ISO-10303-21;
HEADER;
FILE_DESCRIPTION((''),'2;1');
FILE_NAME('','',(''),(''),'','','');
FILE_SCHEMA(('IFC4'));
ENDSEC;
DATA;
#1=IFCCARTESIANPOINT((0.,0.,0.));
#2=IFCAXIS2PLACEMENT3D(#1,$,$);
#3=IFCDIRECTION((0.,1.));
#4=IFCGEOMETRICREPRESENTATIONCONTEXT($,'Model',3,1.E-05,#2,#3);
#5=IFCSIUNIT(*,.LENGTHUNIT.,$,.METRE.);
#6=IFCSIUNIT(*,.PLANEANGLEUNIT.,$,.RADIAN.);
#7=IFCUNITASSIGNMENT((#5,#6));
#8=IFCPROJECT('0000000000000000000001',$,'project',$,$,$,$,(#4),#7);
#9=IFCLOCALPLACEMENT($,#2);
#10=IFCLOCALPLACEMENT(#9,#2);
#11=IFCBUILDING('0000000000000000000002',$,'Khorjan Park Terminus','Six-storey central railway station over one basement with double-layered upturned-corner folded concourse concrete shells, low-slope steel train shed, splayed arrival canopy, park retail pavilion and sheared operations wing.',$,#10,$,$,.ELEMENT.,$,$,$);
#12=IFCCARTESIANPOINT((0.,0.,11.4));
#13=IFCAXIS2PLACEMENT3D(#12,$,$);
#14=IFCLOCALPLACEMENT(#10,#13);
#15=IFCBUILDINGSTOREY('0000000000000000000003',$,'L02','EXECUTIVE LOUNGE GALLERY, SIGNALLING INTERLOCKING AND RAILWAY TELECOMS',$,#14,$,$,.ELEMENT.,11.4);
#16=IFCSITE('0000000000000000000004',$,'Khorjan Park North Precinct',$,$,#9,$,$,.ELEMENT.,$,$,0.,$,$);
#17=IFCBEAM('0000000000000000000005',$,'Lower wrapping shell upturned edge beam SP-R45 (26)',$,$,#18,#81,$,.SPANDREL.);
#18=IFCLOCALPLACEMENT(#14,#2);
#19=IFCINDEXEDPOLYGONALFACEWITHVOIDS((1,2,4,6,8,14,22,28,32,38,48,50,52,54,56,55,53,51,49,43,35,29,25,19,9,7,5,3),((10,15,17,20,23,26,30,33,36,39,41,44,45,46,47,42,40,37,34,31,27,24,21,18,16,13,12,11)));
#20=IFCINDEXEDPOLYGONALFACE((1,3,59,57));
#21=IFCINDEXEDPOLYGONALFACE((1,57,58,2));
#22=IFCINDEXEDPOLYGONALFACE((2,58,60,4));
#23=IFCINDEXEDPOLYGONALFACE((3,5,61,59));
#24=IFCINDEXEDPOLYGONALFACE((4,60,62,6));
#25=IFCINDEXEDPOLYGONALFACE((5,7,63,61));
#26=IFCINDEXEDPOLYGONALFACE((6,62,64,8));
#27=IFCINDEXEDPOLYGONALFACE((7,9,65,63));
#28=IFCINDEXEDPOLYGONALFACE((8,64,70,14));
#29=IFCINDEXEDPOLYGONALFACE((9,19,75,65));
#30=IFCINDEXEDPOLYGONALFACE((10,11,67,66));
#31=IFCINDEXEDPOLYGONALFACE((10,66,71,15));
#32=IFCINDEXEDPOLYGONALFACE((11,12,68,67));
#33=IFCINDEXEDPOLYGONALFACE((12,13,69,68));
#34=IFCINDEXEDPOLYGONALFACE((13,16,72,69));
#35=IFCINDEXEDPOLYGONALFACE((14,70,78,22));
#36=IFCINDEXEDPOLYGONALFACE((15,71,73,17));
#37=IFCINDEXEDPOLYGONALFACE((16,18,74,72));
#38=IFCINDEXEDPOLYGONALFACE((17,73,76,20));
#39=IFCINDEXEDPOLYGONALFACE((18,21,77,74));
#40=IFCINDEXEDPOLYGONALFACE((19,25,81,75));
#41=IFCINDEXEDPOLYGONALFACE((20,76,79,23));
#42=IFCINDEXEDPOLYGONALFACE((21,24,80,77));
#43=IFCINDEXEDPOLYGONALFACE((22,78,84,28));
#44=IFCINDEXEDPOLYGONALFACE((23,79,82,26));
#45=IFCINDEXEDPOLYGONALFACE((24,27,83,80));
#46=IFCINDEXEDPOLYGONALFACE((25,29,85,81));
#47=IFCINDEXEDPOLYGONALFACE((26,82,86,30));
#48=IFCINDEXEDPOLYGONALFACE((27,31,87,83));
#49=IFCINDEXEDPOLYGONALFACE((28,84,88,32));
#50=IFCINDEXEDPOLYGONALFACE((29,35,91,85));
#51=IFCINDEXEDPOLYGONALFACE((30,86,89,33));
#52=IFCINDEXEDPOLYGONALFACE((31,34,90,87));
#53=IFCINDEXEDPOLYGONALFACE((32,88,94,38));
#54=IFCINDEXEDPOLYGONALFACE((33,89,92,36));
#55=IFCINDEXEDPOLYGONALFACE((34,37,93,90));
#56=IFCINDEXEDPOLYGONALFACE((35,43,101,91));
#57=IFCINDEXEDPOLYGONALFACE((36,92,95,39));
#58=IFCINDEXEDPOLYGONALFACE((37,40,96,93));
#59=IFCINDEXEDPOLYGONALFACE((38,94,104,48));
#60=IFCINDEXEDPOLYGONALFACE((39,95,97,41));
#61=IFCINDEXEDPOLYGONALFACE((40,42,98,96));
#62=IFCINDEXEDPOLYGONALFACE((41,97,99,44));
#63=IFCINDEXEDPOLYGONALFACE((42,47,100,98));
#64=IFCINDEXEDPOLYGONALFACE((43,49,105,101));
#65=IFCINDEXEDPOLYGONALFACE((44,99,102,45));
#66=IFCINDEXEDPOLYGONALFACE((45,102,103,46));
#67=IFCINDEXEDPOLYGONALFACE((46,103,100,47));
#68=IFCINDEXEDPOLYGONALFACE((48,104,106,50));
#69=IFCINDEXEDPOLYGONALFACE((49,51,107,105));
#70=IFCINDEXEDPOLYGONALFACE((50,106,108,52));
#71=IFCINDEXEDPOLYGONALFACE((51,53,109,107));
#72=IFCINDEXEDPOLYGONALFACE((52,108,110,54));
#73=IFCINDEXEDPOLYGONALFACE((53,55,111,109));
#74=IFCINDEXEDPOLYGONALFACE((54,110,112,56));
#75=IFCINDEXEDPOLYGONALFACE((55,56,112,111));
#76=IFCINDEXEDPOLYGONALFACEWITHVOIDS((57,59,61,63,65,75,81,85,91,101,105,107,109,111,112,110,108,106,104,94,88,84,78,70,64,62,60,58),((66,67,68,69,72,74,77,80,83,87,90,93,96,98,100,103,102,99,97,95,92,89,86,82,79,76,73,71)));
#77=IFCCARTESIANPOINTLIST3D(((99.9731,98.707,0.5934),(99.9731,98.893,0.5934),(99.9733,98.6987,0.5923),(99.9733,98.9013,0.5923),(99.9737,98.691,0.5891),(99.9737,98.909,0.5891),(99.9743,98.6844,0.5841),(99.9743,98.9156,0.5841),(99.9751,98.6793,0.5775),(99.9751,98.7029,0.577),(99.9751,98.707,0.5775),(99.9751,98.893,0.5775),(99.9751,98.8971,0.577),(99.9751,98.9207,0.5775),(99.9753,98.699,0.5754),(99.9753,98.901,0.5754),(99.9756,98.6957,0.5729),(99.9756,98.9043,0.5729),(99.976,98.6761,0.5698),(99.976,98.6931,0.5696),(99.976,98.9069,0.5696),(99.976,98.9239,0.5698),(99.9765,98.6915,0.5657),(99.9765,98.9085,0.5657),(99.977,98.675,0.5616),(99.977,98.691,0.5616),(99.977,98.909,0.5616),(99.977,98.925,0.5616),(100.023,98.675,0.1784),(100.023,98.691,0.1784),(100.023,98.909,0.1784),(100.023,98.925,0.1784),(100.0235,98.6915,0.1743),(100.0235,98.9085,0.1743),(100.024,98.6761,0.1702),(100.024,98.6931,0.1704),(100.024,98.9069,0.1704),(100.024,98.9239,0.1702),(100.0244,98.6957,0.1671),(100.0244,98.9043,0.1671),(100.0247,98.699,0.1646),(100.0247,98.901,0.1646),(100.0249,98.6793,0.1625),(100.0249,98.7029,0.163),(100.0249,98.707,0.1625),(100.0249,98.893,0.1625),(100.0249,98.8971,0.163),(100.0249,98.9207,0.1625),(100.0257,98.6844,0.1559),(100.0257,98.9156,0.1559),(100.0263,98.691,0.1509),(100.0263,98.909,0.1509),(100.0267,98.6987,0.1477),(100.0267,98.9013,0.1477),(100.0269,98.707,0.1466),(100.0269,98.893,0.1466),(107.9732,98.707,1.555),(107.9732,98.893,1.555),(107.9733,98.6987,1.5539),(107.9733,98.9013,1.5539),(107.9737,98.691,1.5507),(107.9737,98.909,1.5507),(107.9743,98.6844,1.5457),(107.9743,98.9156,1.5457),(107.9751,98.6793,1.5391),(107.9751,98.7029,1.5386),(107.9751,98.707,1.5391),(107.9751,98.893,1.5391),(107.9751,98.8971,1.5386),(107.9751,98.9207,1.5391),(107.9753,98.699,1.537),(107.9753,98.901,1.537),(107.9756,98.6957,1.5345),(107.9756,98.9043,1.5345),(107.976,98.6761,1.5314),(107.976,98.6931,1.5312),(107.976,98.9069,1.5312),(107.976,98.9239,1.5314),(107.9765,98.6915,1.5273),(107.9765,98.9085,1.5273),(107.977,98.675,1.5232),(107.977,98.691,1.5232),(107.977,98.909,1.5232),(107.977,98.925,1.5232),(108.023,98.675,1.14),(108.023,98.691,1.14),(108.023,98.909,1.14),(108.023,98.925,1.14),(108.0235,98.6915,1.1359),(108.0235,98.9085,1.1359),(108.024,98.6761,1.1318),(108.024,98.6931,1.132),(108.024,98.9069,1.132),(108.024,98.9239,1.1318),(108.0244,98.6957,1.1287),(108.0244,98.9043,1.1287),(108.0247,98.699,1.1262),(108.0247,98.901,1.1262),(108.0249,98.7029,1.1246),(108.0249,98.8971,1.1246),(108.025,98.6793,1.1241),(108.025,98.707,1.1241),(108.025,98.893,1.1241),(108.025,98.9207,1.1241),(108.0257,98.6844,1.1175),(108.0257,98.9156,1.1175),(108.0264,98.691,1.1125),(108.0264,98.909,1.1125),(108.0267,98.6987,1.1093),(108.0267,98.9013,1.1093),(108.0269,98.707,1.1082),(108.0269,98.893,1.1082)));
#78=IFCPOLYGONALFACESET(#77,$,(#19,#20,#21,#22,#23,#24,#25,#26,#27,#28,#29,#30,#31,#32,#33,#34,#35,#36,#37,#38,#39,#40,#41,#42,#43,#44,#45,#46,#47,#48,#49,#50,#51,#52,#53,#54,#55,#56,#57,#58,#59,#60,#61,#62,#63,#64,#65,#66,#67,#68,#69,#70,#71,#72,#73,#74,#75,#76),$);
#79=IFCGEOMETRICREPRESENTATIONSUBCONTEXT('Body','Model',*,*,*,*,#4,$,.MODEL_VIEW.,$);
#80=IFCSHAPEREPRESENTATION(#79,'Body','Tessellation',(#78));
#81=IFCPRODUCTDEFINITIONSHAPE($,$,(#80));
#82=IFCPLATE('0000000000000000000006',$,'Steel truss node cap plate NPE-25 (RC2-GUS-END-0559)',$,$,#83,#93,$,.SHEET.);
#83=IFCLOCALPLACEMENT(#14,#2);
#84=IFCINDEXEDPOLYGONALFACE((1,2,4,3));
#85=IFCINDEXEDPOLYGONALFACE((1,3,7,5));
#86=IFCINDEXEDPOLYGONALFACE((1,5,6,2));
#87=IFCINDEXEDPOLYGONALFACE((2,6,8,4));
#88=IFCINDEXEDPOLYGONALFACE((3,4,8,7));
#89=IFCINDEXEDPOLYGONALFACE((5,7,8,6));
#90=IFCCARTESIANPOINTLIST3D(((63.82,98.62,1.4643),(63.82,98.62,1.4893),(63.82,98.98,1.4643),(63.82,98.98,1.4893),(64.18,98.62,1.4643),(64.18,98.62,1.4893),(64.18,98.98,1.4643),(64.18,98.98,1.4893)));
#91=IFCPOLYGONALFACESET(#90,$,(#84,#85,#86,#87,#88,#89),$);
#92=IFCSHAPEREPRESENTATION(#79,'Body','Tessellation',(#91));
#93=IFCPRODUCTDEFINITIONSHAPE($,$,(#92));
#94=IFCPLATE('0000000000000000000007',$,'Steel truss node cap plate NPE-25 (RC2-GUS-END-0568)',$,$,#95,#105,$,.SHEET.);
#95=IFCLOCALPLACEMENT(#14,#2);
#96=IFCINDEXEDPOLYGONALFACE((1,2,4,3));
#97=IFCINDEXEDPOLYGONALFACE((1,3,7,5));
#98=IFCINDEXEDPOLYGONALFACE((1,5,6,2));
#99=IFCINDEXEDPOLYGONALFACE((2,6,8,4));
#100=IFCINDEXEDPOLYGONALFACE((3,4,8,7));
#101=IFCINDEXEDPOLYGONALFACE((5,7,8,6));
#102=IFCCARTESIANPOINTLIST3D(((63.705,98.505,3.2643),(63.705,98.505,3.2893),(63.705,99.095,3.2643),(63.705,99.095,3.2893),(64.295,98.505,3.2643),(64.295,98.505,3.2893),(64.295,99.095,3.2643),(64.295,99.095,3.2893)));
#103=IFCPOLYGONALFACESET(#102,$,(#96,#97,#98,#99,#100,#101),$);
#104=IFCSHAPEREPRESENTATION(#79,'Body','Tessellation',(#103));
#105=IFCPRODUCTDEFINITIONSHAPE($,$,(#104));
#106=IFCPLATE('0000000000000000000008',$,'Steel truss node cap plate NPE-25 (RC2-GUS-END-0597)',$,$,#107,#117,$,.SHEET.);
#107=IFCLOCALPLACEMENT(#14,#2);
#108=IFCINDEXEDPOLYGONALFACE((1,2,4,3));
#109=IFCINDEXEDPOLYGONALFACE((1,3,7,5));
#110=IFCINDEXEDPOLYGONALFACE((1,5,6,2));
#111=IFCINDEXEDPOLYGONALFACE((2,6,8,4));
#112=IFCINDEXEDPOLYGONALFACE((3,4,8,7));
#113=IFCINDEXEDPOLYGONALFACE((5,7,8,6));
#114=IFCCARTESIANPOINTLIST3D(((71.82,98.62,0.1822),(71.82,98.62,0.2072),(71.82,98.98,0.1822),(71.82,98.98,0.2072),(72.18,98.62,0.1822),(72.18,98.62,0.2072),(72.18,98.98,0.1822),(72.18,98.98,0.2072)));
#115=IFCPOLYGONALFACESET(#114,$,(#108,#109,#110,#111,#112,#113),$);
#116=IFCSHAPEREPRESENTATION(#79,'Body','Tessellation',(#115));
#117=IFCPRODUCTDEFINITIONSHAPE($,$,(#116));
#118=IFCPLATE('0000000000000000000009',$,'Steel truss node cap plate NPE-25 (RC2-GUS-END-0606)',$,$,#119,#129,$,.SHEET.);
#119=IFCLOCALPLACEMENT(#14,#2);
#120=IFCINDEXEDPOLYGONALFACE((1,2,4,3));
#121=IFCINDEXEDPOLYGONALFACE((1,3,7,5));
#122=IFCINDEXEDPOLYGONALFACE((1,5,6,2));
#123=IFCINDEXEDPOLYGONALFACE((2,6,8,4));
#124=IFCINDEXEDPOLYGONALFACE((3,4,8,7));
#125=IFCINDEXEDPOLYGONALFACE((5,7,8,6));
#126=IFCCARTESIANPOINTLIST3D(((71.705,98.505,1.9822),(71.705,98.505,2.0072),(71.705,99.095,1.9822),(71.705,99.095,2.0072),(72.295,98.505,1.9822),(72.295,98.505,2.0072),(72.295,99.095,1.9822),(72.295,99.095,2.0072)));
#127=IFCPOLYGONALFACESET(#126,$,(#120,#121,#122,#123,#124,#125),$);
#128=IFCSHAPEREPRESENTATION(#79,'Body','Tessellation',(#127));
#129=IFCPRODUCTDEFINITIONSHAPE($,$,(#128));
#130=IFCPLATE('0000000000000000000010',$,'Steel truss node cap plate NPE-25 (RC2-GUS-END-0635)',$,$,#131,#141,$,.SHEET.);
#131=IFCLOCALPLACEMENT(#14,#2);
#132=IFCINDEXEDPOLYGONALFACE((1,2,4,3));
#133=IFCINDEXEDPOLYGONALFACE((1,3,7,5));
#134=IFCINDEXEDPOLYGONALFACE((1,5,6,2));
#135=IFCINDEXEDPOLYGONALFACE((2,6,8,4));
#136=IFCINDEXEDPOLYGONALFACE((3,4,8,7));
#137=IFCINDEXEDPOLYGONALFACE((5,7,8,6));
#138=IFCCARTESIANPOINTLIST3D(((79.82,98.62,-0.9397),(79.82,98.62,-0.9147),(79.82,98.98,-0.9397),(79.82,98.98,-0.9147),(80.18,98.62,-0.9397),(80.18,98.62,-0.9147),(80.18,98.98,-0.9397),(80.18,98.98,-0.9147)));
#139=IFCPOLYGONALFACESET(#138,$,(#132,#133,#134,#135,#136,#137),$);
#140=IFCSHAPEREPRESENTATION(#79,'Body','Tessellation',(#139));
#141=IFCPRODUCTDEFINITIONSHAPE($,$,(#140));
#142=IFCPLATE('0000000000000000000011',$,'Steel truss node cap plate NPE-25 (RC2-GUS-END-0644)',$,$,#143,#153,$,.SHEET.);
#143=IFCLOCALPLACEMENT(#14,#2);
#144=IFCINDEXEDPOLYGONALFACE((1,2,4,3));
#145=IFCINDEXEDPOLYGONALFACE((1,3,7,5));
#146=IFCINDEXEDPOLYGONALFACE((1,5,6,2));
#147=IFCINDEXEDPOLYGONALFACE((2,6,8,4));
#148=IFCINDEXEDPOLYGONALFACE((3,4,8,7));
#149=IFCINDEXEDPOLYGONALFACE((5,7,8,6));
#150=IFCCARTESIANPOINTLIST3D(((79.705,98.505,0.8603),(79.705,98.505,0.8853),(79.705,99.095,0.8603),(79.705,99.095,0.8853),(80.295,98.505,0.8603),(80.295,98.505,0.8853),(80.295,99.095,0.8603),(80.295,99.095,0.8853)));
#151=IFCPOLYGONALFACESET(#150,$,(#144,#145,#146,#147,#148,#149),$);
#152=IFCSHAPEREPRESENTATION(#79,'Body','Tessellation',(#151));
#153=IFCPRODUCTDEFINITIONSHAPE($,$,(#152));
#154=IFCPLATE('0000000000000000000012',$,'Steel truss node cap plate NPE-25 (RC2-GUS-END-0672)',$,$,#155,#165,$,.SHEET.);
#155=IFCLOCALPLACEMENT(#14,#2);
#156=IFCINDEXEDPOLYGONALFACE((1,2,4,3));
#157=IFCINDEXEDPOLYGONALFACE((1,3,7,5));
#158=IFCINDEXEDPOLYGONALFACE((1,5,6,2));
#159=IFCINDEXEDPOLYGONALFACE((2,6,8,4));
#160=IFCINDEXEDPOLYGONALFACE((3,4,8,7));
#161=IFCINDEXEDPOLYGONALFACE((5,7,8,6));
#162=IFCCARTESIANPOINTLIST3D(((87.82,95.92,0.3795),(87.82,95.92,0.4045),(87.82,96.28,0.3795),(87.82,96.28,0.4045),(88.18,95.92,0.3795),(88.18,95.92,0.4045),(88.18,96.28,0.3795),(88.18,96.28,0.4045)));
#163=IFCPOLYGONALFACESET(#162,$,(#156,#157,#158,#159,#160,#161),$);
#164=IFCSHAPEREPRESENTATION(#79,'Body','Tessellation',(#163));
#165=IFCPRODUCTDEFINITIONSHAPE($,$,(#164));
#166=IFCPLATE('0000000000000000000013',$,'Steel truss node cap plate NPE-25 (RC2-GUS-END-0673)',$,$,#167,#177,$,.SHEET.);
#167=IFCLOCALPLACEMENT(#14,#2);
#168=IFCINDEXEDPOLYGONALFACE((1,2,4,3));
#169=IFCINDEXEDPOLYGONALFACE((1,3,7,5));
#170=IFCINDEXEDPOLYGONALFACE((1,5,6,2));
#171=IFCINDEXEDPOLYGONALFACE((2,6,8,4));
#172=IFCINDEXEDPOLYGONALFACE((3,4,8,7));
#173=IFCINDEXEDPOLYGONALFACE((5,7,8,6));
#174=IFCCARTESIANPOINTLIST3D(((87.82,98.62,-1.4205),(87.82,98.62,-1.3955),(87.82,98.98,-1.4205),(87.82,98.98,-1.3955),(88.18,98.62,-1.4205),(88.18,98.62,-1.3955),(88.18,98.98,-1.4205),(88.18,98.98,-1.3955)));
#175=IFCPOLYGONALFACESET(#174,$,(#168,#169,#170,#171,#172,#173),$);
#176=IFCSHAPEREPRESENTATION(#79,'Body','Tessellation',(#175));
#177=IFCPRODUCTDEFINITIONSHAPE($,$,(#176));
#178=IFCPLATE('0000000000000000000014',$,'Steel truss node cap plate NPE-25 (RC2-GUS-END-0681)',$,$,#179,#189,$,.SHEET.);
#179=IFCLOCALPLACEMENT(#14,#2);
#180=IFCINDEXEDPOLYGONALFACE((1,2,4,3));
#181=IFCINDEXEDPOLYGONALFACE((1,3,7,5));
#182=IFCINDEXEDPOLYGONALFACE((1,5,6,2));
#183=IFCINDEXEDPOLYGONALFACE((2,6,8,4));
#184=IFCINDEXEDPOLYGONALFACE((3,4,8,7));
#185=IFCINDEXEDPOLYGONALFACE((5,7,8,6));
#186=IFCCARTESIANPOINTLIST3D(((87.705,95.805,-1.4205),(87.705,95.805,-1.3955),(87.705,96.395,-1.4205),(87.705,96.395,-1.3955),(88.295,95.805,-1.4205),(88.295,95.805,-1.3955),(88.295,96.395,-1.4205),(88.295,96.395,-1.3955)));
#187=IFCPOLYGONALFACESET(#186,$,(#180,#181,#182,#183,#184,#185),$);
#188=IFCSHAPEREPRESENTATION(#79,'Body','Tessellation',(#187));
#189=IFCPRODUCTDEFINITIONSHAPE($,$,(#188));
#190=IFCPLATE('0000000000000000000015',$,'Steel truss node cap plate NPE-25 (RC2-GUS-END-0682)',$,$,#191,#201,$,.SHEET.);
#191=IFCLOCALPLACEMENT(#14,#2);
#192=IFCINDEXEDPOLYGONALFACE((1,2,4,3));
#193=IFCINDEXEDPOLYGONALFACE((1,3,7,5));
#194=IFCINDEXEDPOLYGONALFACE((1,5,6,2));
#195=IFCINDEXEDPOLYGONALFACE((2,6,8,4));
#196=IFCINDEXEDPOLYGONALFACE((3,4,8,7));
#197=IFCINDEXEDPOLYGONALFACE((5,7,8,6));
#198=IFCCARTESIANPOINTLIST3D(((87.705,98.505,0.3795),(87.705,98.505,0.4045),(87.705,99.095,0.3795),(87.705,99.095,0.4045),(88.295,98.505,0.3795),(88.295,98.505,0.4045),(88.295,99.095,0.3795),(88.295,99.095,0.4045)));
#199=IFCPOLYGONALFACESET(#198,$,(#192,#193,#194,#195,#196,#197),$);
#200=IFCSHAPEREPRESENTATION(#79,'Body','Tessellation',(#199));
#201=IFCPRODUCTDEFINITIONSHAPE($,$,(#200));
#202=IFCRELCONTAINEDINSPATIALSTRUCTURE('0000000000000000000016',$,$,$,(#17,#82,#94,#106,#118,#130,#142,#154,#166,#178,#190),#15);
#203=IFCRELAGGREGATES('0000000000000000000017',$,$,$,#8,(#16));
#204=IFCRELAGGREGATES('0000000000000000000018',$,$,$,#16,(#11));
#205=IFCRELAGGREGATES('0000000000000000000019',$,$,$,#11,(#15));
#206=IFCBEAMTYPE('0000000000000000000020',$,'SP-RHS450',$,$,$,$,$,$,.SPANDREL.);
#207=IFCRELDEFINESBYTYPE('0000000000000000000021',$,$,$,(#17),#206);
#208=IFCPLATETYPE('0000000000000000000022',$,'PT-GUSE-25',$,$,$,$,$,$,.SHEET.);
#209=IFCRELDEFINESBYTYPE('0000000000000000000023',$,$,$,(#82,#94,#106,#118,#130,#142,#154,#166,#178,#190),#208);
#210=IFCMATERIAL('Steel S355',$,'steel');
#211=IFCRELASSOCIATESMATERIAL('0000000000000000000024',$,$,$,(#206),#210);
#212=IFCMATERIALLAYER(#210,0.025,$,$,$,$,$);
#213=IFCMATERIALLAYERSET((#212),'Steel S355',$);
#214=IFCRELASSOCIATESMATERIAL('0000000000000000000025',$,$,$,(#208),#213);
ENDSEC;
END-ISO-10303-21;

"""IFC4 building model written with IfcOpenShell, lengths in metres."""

from ifc_helpers import new_model, si_unit, direction, frame, origin, origin_2d, place, context, subcontext, project, spatial, rectangle, hollow_rectangle, extrude, material, layer, layer_set, material_profile, profile_set, type_object, element, save


model = new_model("IFC4")

# Units and contexts
model_context = context("Model", 3, precision=1e-05, world=origin(), true_north=direction((0.0, 1.0)))
body_context = subcontext(model_context, "Body", "Model", "MODEL_VIEW")
ifc_project = project(units=[si_unit("LENGTHUNIT", "METRE"), si_unit("PLANEANGLEUNIT", "RADIAN")], contexts=[model_context])

# Site, building, storey
site_placement = place(None, origin())
site = spatial("IfcSite", under=ifc_project, at=site_placement, Name="Khorjan Park North Precinct", CompositionType="ELEMENT", RefElevation=0.0)
building_placement = place(site_placement, origin())
building = spatial("IfcBuilding", under=site, at=building_placement, Name="Khorjan Park Terminus", Description="Six-storey central railway station over one basement with double-layered upturned-corner folded concourse concrete shells, low-slope steel train shed, splayed arrival canopy, park retail pavilion and sheared operations wing.", CompositionType="ELEMENT")
storey_placement = place(building_placement, frame((0.0, 0.0, 11.4)))
storey = spatial("IfcBuildingStorey", under=building, at=storey_placement, Name="L02", Description="EXECUTIVE LOUNGE GALLERY, SIGNALLING INTERLOCKING AND RAILWAY TELECOMS", CompositionType="ELEMENT", Elevation=11.4)

# Shared definitions
ifc_material = material(Name="Steel S355", Category="steel")

# Beam
ifc_material_profile_1 = material_profile(ifc_material, hollow_rectangle(XDim=0.25, YDim=0.45, WallThickness=0.016, InnerFilletRadius=0.016, OuterFilletRadius=0.032, at=origin_2d()), Name="RHS 450x250x16")
ifc_profile_set_1 = profile_set([ifc_material_profile_1], Name="Steel S355")
beam_type = type_object("IfcBeamType", Name="SP-RHS450", PredefinedType="SPANDREL", material=ifc_profile_set_1)
beam_1_placement = place(storey_placement, frame((100.0, 98.8, 0.37), z_axis=(0.992853, 0.0, 0.119341), x_axis=(0.0, 1.0, 0.0)))
element("IfcBeam", 1, at=beam_1_placement, inside=storey, type_object=beam_type, Name="Lower wrapping shell upturned edge beam SP-R45 (26)", PredefinedType="SPANDREL", context=body_context, shape_type="SweptSolid", body=[
    extrude(hollow_rectangle(XDim=0.25, YDim=0.45, WallThickness=0.016, InnerFilletRadius=0.016, OuterFilletRadius=0.032, at=origin_2d()), origin(), (0.0, 0.0, 1.0), 8.0576),
])

# Plates
ifc_layer = layer(ifc_material, 0.025)
ifc_layer_set = layer_set([ifc_layer], Name="Steel S355")
plate_type = type_object("IfcPlateType", Name="PT-GUSE-25", PredefinedType="SHEET", material=ifc_layer_set)
plate_1_placement = place(storey_placement, frame((64.0, 98.8, 1.4643), z_axis=(0.0, 0.0, 1.0), x_axis=(1.0, 0.0, 0.0)))
element("IfcPlate", 2, at=plate_1_placement, inside=storey, type_object=plate_type, Name="Steel truss node cap plate NPE-25 (RC2-GUS-END-0559)", PredefinedType="SHEET", context=body_context, shape_type="SweptSolid", body=[
    extrude(rectangle(XDim=0.36, YDim=0.36, at=origin_2d()), origin(), (0.0, 0.0, 1.0), 0.025),
])
plate_2_placement = place(storey_placement, frame((64.0, 98.8, 3.2643), z_axis=(0.0, 0.0, 1.0), x_axis=(1.0, 0.0, 0.0)))
element("IfcPlate", 3, at=plate_2_placement, inside=storey, type_object=plate_type, Name="Steel truss node cap plate NPE-25 (RC2-GUS-END-0568)", PredefinedType="SHEET", context=body_context, shape_type="SweptSolid", body=[
    extrude(rectangle(XDim=0.59, YDim=0.59, at=origin_2d()), origin(), (0.0, 0.0, 1.0), 0.025),
])
plate_3_placement = place(storey_placement, frame((72.0, 98.8, 0.1822), z_axis=(0.0, 0.0, 1.0), x_axis=(1.0, 0.0, 0.0)))
element("IfcPlate", 4, at=plate_3_placement, inside=storey, type_object=plate_type, Name="Steel truss node cap plate NPE-25 (RC2-GUS-END-0597)", PredefinedType="SHEET", context=body_context, shape_type="SweptSolid", body=[
    extrude(rectangle(XDim=0.36, YDim=0.36, at=origin_2d()), origin(), (0.0, 0.0, 1.0), 0.025),
])
plate_4_placement = place(storey_placement, frame((72.0, 98.8, 1.9822), z_axis=(0.0, 0.0, 1.0), x_axis=(1.0, 0.0, 0.0)))
element("IfcPlate", 5, at=plate_4_placement, inside=storey, type_object=plate_type, Name="Steel truss node cap plate NPE-25 (RC2-GUS-END-0606)", PredefinedType="SHEET", context=body_context, shape_type="SweptSolid", body=[
    extrude(rectangle(XDim=0.59, YDim=0.59, at=origin_2d()), origin(), (0.0, 0.0, 1.0), 0.025),
])
plate_5_placement = place(storey_placement, frame((80.0, 98.8, -0.9397), z_axis=(0.0, 0.0, 1.0), x_axis=(1.0, 0.0, 0.0)))
element("IfcPlate", 6, at=plate_5_placement, inside=storey, type_object=plate_type, Name="Steel truss node cap plate NPE-25 (RC2-GUS-END-0635)", PredefinedType="SHEET", context=body_context, shape_type="SweptSolid", body=[
    extrude(rectangle(XDim=0.36, YDim=0.36, at=origin_2d()), origin(), (0.0, 0.0, 1.0), 0.025),
])
plate_6_placement = place(storey_placement, frame((80.0, 98.8, 0.8603), z_axis=(0.0, 0.0, 1.0), x_axis=(1.0, 0.0, 0.0)))
element("IfcPlate", 7, at=plate_6_placement, inside=storey, type_object=plate_type, Name="Steel truss node cap plate NPE-25 (RC2-GUS-END-0644)", PredefinedType="SHEET", context=body_context, shape_type="SweptSolid", body=[
    extrude(rectangle(XDim=0.59, YDim=0.59, at=origin_2d()), origin(), (0.0, 0.0, 1.0), 0.025),
])
for number, where, z_axis, x_axis, name in (
    (8, (88.0, 96.1, 0.3795), (0.0, 0.0, 1.0), (1.0, 0.0, 0.0), "Steel truss node cap plate NPE-25 (RC2-GUS-END-0672)"),
    (9, (88.0, 98.8, -1.4205), (0.0, 0.0, 1.0), (1.0, 0.0, 0.0), "Steel truss node cap plate NPE-25 (RC2-GUS-END-0673)"),
):
    element("IfcPlate", number, at=place(storey_placement, frame(where, z_axis=z_axis, x_axis=x_axis)), inside=storey, type_object=plate_type, Name=name, PredefinedType="SHEET", context=body_context, shape_type="SweptSolid", body=[
        extrude(rectangle(XDim=0.36, YDim=0.36, at=origin_2d()), origin(), (0.0, 0.0, 1.0), 0.025),
    ])
for number, where, z_axis, x_axis, name in (
    (10, (88.0, 96.1, -1.4205), (0.0, 0.0, 1.0), (1.0, 0.0, 0.0), "Steel truss node cap plate NPE-25 (RC2-GUS-END-0681)"),
    (11, (88.0, 98.8, 0.3795), (0.0, 0.0, 1.0), (1.0, 0.0, 0.0), "Steel truss node cap plate NPE-25 (RC2-GUS-END-0682)"),
):
    element("IfcPlate", number, at=place(storey_placement, frame(where, z_axis=z_axis, x_axis=x_axis)), inside=storey, type_object=plate_type, Name=name, PredefinedType="SHEET", context=body_context, shape_type="SweptSolid", body=[
        extrude(rectangle(XDim=0.59, YDim=0.59, at=origin_2d()), origin(), (0.0, 0.0, 1.0), 0.025),
    ])

save(model, "model.ifc")
